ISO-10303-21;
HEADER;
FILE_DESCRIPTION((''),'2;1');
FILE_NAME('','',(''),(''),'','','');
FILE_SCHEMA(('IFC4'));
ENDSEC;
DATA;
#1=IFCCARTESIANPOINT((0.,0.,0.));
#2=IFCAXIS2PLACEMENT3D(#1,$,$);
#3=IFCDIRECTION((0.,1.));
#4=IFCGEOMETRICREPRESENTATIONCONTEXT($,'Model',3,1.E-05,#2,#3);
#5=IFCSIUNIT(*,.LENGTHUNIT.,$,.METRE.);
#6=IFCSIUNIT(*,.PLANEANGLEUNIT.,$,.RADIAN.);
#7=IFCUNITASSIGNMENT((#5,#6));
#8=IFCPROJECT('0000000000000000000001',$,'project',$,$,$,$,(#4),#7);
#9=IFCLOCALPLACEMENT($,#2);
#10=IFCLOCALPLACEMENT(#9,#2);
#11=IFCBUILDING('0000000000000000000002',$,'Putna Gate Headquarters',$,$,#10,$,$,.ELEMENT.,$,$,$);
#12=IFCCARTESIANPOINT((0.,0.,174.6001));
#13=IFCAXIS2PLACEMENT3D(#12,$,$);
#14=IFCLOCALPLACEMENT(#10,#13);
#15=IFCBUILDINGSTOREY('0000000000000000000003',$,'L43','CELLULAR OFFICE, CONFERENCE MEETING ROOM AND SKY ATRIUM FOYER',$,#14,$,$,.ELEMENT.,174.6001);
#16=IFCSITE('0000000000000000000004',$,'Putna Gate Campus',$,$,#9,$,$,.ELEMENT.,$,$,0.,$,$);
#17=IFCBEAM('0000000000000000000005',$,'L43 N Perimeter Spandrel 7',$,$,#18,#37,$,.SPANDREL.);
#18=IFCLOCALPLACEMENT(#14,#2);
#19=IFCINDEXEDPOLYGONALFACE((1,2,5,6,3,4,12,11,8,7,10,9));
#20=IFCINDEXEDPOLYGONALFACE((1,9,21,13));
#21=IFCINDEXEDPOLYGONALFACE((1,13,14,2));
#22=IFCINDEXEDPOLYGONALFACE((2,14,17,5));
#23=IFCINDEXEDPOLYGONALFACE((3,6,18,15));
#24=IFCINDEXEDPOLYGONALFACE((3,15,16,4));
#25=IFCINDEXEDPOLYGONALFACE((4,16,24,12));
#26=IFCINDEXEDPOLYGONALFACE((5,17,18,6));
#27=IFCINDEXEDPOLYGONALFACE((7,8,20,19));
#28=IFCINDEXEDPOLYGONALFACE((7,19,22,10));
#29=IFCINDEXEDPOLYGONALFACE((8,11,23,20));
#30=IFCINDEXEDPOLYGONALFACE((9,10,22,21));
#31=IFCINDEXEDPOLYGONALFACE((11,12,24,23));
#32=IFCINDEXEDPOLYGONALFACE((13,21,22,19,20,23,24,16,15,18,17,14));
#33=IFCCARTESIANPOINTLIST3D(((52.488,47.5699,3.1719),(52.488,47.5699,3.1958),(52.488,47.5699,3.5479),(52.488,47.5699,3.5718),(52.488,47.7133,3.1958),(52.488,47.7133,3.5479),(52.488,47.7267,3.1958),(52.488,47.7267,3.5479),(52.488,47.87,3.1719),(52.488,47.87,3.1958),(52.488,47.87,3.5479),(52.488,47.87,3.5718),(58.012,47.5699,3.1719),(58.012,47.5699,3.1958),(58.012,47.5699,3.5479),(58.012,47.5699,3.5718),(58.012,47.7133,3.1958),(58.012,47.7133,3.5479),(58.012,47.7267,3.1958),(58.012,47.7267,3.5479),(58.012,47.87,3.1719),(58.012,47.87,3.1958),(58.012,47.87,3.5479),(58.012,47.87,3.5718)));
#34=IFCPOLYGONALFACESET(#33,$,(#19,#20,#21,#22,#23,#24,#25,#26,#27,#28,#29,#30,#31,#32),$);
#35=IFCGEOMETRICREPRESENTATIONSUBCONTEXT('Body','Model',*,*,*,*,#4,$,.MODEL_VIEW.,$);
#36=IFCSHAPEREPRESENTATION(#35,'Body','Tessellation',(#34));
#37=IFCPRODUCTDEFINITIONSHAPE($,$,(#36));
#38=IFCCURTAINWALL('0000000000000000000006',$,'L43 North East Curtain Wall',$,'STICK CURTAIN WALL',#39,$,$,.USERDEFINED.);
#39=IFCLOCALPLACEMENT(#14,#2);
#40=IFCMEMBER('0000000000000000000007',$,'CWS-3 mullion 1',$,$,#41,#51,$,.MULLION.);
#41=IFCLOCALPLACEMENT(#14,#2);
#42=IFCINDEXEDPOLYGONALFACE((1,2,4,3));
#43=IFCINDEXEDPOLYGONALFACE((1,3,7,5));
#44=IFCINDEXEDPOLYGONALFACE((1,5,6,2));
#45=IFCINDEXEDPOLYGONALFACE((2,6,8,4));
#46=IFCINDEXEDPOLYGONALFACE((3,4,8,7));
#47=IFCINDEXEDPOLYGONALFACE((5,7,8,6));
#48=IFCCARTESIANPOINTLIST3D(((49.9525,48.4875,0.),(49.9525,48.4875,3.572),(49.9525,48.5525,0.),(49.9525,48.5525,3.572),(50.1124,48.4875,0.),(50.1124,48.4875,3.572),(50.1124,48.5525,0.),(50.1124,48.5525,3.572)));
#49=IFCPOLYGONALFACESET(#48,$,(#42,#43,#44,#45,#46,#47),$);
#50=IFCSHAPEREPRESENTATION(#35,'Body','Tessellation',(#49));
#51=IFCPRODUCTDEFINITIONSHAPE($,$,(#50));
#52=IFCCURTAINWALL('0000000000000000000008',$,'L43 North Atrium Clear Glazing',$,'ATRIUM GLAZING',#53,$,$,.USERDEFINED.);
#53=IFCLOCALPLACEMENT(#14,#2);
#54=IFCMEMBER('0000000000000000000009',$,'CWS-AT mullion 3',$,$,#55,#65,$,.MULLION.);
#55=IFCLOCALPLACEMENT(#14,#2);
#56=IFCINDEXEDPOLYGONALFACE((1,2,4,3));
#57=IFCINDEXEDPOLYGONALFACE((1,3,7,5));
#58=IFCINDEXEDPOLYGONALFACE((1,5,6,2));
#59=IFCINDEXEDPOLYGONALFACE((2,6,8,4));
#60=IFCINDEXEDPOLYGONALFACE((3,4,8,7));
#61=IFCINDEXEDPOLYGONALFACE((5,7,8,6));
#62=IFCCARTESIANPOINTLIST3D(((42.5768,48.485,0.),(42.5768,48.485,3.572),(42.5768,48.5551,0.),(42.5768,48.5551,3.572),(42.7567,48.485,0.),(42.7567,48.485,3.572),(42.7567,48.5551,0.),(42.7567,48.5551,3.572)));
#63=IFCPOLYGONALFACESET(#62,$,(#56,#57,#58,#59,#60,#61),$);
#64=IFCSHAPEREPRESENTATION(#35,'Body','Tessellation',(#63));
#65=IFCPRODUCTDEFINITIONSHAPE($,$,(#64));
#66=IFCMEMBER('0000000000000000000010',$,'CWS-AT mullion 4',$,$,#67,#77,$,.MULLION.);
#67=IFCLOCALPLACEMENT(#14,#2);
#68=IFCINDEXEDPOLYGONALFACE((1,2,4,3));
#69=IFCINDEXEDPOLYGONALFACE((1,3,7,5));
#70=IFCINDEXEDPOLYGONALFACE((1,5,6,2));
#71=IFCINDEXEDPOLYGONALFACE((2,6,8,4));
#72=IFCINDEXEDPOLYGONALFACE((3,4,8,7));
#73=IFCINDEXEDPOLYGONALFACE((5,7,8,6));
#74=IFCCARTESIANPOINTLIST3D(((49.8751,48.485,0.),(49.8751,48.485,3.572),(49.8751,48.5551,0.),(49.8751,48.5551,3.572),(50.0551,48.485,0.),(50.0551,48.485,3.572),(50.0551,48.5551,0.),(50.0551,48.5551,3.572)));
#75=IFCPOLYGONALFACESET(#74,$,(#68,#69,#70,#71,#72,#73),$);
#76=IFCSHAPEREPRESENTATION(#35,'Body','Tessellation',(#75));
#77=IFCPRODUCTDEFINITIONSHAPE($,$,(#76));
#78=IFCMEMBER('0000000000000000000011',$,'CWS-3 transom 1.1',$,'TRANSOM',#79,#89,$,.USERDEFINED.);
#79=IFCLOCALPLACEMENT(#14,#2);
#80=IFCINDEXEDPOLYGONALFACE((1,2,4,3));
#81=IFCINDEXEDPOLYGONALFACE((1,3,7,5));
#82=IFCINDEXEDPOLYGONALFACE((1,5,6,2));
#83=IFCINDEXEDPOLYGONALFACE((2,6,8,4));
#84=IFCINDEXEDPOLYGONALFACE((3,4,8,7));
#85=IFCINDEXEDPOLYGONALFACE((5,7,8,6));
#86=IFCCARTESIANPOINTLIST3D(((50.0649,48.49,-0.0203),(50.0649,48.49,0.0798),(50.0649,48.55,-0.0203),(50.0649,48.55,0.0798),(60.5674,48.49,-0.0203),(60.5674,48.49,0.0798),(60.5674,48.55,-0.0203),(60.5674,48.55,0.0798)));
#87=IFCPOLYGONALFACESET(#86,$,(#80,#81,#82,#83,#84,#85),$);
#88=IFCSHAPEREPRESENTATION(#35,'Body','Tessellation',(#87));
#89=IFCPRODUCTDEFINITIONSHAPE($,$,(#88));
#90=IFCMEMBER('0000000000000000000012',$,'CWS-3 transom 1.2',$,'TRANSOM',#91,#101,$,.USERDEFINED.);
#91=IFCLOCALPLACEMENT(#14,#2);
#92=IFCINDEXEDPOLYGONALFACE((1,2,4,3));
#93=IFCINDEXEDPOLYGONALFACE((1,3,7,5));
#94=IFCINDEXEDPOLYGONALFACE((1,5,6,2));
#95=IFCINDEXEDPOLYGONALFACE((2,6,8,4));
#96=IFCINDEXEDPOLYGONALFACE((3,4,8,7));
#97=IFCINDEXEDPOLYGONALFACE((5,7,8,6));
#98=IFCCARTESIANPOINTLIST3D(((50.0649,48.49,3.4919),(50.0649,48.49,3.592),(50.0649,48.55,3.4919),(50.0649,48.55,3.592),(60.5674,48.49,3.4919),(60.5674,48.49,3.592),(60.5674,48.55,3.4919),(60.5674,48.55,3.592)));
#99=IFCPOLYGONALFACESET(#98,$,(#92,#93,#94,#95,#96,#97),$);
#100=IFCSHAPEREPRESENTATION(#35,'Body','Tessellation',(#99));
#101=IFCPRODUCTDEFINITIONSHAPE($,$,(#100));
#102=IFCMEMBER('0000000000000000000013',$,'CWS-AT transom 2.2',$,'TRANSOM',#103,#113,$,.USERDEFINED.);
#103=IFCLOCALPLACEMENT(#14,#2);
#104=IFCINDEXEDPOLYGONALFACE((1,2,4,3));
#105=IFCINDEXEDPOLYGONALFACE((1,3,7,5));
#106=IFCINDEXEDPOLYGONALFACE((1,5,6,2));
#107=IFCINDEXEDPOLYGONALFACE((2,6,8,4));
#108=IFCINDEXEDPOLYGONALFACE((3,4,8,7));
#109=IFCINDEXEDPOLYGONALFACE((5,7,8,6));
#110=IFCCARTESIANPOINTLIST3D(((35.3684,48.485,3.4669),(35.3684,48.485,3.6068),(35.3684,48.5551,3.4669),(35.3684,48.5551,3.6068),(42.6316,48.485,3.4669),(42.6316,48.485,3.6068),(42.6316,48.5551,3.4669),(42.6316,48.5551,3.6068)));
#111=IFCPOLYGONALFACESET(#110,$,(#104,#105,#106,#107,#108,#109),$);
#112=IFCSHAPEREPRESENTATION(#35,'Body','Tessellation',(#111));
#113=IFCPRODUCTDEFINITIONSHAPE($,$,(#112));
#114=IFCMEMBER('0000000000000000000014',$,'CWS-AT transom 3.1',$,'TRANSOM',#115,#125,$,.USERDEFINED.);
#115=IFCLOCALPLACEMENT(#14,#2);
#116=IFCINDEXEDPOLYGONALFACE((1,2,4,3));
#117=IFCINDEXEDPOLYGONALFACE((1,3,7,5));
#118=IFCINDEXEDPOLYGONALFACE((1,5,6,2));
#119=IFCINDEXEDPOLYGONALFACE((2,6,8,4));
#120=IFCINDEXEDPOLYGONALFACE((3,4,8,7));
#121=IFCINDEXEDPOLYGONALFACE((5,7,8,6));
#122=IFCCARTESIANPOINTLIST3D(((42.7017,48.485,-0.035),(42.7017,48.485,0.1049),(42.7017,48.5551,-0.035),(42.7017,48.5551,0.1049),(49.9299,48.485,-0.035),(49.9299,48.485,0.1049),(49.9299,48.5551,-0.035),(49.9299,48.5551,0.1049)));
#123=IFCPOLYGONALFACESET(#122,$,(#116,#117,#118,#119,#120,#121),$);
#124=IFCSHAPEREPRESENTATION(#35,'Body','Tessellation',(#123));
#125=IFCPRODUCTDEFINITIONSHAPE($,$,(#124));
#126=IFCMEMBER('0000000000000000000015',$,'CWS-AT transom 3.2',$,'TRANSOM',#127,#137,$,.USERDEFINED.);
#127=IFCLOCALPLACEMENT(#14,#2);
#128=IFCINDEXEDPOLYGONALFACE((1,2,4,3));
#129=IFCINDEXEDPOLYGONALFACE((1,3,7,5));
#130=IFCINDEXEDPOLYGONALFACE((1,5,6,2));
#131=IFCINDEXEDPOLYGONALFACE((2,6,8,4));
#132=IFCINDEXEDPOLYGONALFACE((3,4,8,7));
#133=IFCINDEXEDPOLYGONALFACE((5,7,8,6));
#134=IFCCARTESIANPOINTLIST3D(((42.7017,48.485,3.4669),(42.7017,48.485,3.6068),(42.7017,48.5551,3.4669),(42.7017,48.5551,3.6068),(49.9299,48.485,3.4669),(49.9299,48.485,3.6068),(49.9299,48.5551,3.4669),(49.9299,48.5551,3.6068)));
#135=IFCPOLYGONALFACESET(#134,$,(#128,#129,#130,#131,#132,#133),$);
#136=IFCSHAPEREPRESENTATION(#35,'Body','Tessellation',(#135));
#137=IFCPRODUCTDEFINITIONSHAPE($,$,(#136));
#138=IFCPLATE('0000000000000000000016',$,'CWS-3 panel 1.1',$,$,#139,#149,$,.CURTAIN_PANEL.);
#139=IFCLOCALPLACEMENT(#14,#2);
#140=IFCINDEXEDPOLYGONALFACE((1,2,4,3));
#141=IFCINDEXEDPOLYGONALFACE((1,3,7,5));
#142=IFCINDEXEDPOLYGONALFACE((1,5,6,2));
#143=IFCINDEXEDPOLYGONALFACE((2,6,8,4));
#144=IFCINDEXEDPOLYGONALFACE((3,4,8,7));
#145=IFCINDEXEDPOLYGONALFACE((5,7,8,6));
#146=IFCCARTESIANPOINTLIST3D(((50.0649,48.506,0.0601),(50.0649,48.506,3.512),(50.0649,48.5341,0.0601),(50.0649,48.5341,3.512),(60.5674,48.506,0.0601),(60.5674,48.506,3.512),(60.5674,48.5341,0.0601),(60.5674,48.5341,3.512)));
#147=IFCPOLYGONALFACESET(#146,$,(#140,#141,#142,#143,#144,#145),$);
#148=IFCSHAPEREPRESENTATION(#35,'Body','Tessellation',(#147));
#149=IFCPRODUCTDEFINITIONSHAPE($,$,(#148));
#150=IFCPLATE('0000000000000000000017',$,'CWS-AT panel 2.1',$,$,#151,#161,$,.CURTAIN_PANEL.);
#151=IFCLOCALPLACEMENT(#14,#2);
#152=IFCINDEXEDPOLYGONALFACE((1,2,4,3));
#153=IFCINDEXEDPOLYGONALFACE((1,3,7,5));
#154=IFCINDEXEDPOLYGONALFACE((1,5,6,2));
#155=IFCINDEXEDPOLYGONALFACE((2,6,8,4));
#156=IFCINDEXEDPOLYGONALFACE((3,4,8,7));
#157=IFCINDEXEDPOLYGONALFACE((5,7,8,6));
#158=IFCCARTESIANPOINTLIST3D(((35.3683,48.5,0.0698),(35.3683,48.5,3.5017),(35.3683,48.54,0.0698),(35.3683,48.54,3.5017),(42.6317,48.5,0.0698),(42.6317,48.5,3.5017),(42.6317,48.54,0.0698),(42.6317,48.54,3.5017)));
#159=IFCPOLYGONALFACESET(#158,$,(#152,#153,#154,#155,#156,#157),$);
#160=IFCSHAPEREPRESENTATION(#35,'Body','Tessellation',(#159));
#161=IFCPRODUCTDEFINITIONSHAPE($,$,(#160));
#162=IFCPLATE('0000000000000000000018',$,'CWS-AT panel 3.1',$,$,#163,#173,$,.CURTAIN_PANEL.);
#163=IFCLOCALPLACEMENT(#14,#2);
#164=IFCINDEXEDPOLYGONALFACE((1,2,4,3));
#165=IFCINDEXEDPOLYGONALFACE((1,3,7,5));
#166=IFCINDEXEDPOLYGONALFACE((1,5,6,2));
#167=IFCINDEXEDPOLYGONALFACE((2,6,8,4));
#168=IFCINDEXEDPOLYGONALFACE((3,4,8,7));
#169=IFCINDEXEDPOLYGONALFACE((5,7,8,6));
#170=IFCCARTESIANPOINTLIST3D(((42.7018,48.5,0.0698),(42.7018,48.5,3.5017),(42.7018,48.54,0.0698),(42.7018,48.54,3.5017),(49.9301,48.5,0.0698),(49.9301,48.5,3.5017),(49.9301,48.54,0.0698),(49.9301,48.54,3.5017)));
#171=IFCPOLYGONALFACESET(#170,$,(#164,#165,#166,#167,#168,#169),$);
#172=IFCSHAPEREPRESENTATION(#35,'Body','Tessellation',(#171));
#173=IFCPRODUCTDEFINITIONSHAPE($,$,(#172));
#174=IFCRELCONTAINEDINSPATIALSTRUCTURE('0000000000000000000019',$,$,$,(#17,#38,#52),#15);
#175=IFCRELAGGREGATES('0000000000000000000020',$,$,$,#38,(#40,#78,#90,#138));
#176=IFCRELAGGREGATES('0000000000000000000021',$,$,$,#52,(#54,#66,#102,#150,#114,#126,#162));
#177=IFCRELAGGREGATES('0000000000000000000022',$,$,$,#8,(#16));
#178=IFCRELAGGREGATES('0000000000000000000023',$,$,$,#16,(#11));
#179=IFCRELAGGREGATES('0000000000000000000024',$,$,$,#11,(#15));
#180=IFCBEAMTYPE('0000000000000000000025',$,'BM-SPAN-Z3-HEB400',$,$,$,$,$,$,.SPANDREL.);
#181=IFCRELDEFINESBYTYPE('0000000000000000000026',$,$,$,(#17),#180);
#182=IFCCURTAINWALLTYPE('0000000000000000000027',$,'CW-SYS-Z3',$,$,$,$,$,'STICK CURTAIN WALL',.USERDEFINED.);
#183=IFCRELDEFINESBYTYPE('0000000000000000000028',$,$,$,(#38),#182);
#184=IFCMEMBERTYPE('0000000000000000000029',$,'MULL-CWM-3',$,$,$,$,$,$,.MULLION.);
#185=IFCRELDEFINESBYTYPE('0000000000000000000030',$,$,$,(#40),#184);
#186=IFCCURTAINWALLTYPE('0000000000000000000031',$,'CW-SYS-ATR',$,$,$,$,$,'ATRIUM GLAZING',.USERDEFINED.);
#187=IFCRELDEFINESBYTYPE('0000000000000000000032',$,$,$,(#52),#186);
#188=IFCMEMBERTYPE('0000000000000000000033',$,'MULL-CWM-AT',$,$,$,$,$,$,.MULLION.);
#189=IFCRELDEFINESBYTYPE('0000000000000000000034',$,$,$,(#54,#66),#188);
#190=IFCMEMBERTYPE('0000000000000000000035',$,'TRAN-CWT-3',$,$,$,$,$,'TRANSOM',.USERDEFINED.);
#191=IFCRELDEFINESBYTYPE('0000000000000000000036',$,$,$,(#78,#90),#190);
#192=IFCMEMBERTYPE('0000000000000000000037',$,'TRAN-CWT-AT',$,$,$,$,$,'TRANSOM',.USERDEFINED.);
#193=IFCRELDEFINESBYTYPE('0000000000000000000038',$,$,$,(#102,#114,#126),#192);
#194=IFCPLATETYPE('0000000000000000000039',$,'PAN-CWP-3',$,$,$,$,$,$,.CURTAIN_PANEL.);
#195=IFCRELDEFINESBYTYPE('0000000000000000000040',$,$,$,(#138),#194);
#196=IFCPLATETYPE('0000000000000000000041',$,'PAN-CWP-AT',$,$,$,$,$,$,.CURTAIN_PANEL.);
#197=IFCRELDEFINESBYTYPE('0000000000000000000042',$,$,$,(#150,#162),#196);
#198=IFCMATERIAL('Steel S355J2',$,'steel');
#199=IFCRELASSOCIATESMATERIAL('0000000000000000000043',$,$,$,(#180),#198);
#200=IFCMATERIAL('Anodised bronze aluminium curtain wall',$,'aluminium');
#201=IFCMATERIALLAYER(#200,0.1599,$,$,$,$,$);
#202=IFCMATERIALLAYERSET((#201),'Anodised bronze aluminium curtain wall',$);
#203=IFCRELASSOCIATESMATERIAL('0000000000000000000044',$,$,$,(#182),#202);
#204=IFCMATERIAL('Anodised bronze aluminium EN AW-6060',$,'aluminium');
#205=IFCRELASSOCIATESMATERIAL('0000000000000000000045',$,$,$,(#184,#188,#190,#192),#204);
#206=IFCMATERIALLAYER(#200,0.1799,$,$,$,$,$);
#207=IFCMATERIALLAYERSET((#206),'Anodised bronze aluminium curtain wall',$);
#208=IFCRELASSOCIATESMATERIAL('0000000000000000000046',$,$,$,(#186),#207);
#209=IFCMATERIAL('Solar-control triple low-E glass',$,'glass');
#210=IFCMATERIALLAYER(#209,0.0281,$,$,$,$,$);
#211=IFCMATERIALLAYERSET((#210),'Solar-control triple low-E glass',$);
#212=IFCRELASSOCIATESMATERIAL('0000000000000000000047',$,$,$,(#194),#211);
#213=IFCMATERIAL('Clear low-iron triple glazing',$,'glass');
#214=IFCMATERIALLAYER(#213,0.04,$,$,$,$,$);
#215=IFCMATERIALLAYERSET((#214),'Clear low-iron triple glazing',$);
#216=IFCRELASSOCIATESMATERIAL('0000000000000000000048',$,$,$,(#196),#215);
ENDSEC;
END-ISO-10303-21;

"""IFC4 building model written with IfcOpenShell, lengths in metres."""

from ifc_helpers import new_model, si_unit, direction, frame, origin, origin_2d, place, context, subcontext, project, spatial, rectangle, i_section, extrude, material, layer, layer_set, material_profile, profile_set, type_object, element, aggregate, save


model = new_model("IFC4")

# Units and contexts
model_context = context("Model", 3, precision=1e-05, world=origin(), true_north=direction((0.0, 1.0)))
body_context = subcontext(model_context, "Body", "Model", "MODEL_VIEW")
ifc_project = project(units=[si_unit("LENGTHUNIT", "METRE"), si_unit("PLANEANGLEUNIT", "RADIAN")], contexts=[model_context])

# Site, building, storey
site_placement = place(None, origin())
site = spatial("IfcSite", under=ifc_project, at=site_placement, Name="Putna Gate Campus", CompositionType="ELEMENT", RefElevation=0.0)
building_placement = place(site_placement, origin())
building = spatial("IfcBuilding", under=site, at=building_placement, Name="Putna Gate Headquarters", CompositionType="ELEMENT")
storey_placement = place(building_placement, frame((0.0, 0.0, 174.6001)))
storey = spatial("IfcBuildingStorey", under=building, at=storey_placement, Name="L43", Description="CELLULAR OFFICE, CONFERENCE MEETING ROOM AND SKY ATRIUM FOYER", CompositionType="ELEMENT", Elevation=174.6001)

# Beam
ifc_material_1 = material(Name="Steel S355J2", Category="steel")
ifc_material_profile_1 = material_profile(ifc_material_1, i_section(OverallWidth=0.3, OverallDepth=0.3999, WebThickness=0.0134, FlangeThickness=0.0239, at=origin_2d()), Name="Steel S355J2")
ifc_profile_set_1 = profile_set([ifc_material_profile_1], Name="Steel S355J2")
beam_type_1 = type_object("IfcBeamType", Name="BM-SPAN-Z3-HEB400", PredefinedType="SPANDREL", material=ifc_profile_set_1)
for number, where, z_axis, x_axis, name in (
    (1, (52.488, 47.72, 3.3718), (1.0, 0.0, 0.0), (0.0, 1.0, 0.0), "L43 N Perimeter Spandrel 7"),
):
    element("IfcBeam", number, at=place(storey_placement, frame(where, z_axis=z_axis, x_axis=x_axis)), inside=storey, type_object=beam_type_1, Name=name, PredefinedType="SPANDREL", context=body_context, shape_type="SweptSolid", body=[
        extrude(i_section(OverallWidth=0.3, OverallDepth=0.3999, WebThickness=0.0134, FlangeThickness=0.0239, at=origin_2d()), origin(), (0.0, 0.0, 1.0), 5.5239),
    ])

# Curtain wall, member
ifc_material_2 = material(Name="Anodised bronze aluminium curtain wall", Category="aluminium")
ifc_layer_1 = layer(ifc_material_2, 0.1599)
ifc_layer_set_1 = layer_set([ifc_layer_1], Name="Anodised bronze aluminium curtain wall")
curtain_wall_type_1 = type_object("IfcCurtainWallType", Name="CW-SYS-Z3", ElementType="STICK CURTAIN WALL", PredefinedType="USERDEFINED", material=ifc_layer_set_1)
curtain_wall_1_placement = place(storey_placement, origin())
curtain_wall_1 = element("IfcCurtainWall", 2, at=curtain_wall_1_placement, inside=storey, type_object=curtain_wall_type_1, Name="L43 North East Curtain Wall", ObjectType="STICK CURTAIN WALL", PredefinedType="USERDEFINED")
ifc_material_3 = material(Name="Anodised bronze aluminium EN AW-6060", Category="aluminium")
ifc_material_profile_2 = material_profile(ifc_material_3, rectangle(XDim=0.0649, YDim=0.1599, at=origin_2d()), Name="Anodised bronze aluminium EN AW-6060")
ifc_profile_set_2 = profile_set([ifc_material_profile_2], Name="Anodised bronze aluminium EN AW-6060")
member_type_1 = type_object("IfcMemberType", Name="MULL-CWM-3", PredefinedType="MULLION", material=ifc_profile_set_2)
member_1_placement = place(storey_placement, frame((50.0325, 48.52, 0.0), z_axis=(0.0, 0.0, 1.0), x_axis=(0.0, 1.0, 0.0)))
member_1 = element("IfcMember", 3, at=member_1_placement, type_object=member_type_1, Name="CWS-3 mullion 1", PredefinedType="MULLION", context=body_context, shape_type="SweptSolid", body=[
    extrude(rectangle(XDim=0.0649, YDim=0.1599, at=origin_2d()), origin(), (0.0, 0.0, 1.0), 3.572),
])

# Curtain wall, members
ifc_layer_2 = layer(ifc_material_2, 0.1799)
ifc_layer_set_2 = layer_set([ifc_layer_2], Name="Anodised bronze aluminium curtain wall")
curtain_wall_type_2 = type_object("IfcCurtainWallType", Name="CW-SYS-ATR", ElementType="ATRIUM GLAZING", PredefinedType="USERDEFINED", material=ifc_layer_set_2)
curtain_wall_2_placement = place(storey_placement, origin())
curtain_wall_2 = element("IfcCurtainWall", 4, at=curtain_wall_2_placement, inside=storey, type_object=curtain_wall_type_2, Name="L43 North Atrium Clear Glazing", ObjectType="ATRIUM GLAZING", PredefinedType="USERDEFINED")
ifc_material_profile_3 = material_profile(ifc_material_3, rectangle(XDim=0.0701, YDim=0.1799, at=origin_2d()), Name="Anodised bronze aluminium EN AW-6060")
ifc_profile_set_3 = profile_set([ifc_material_profile_3], Name="Anodised bronze aluminium EN AW-6060")
member_type_2 = type_object("IfcMemberType", Name="MULL-CWM-AT", PredefinedType="MULLION", material=ifc_profile_set_3)
member_2_placement = place(storey_placement, frame((42.6667, 48.52, 0.0), z_axis=(0.0, 0.0, 1.0), x_axis=(0.0, 1.0, 0.0)))
member_2 = element("IfcMember", 5, at=member_2_placement, type_object=member_type_2, Name="CWS-AT mullion 3", PredefinedType="MULLION", context=body_context, shape_type="SweptSolid", body=[
    extrude(rectangle(XDim=0.0701, YDim=0.1799, at=origin_2d()), origin(), (0.0, 0.0, 1.0), 3.572),
])
member_3_placement = place(storey_placement, frame((49.9651, 48.52, 0.0), z_axis=(0.0, 0.0, 1.0), x_axis=(0.0, 1.0, 0.0)))
member_3 = element("IfcMember", 6, at=member_3_placement, type_object=member_type_2, Name="CWS-AT mullion 4", PredefinedType="MULLION", context=body_context, shape_type="SweptSolid", body=[
    extrude(rectangle(XDim=0.0701, YDim=0.1799, at=origin_2d()), origin(), (0.0, 0.0, 1.0), 3.572),
])

# Members
ifc_material_profile_4 = material_profile(ifc_material_3, rectangle(XDim=0.0601, YDim=0.1001, at=origin_2d()), Name="Anodised bronze aluminium EN AW-6060")
ifc_profile_set_4 = profile_set([ifc_material_profile_4], Name="Anodised bronze aluminium EN AW-6060")
member_type_3 = type_object("IfcMemberType", Name="TRAN-CWT-3", ElementType="TRANSOM", PredefinedType="USERDEFINED", material=ifc_profile_set_4)
member_4_placement = place(storey_placement, frame((50.0649, 48.52, 0.0298), z_axis=(1.0, 0.0, 0.0), x_axis=(0.0, 1.0, 0.0)))
member_4 = element("IfcMember", 7, at=member_4_placement, type_object=member_type_3, Name="CWS-3 transom 1.1", ObjectType="TRANSOM", PredefinedType="USERDEFINED", context=body_context, shape_type="SweptSolid", body=[
    extrude(rectangle(XDim=0.0601, YDim=0.1001, at=origin_2d()), origin(), (0.0, 0.0, 1.0), 10.5024),
])
member_5_placement = place(storey_placement, frame((50.0649, 48.52, 3.542), z_axis=(1.0, 0.0, 0.0), x_axis=(0.0, 1.0, 0.0)))
member_5 = element("IfcMember", 8, at=member_5_placement, type_object=member_type_3, Name="CWS-3 transom 1.2", ObjectType="TRANSOM", PredefinedType="USERDEFINED", context=body_context, shape_type="SweptSolid", body=[
    extrude(rectangle(XDim=0.0601, YDim=0.1001, at=origin_2d()), origin(), (0.0, 0.0, 1.0), 10.5024),
])
ifc_material_profile_5 = material_profile(ifc_material_3, rectangle(XDim=0.0701, YDim=0.1399, at=origin_2d()), Name="Anodised bronze aluminium EN AW-6060")
ifc_profile_set_5 = profile_set([ifc_material_profile_5], Name="Anodised bronze aluminium EN AW-6060")
member_type_4 = type_object("IfcMemberType", Name="TRAN-CWT-AT", ElementType="TRANSOM", PredefinedType="USERDEFINED", material=ifc_profile_set_5)
member_6_placement = place(storey_placement, frame((35.3684, 48.52, 3.5369), z_axis=(1.0, 0.0, 0.0), x_axis=(0.0, 1.0, 0.0)))
member_6 = element("IfcMember", 9, at=member_6_placement, type_object=member_type_4, Name="CWS-AT transom 2.2", ObjectType="TRANSOM", PredefinedType="USERDEFINED", context=body_context, shape_type="SweptSolid", body=[
    extrude(rectangle(XDim=0.0701, YDim=0.1399, at=origin_2d()), origin(), (0.0, 0.0, 1.0), 7.2632),
])
member_7_placement = place(storey_placement, frame((42.7017, 48.52, 0.0349), z_axis=(1.0, 0.0, 0.0), x_axis=(0.0, 1.0, 0.0)))
member_7 = element("IfcMember", 10, at=member_7_placement, type_object=member_type_4, Name="CWS-AT transom 3.1", ObjectType="TRANSOM", PredefinedType="USERDEFINED", context=body_context, shape_type="SweptSolid", body=[
    extrude(rectangle(XDim=0.0701, YDim=0.1399, at=origin_2d()), origin(), (0.0, 0.0, 1.0), 7.2283),
])
member_8_placement = place(storey_placement, frame((42.7017, 48.52, 3.5369), z_axis=(1.0, 0.0, 0.0), x_axis=(0.0, 1.0, 0.0)))
member_8 = element("IfcMember", 11, at=member_8_placement, type_object=member_type_4, Name="CWS-AT transom 3.2", ObjectType="TRANSOM", PredefinedType="USERDEFINED", context=body_context, shape_type="SweptSolid", body=[
    extrude(rectangle(XDim=0.0701, YDim=0.1399, at=origin_2d()), origin(), (0.0, 0.0, 1.0), 7.2283),
])

# Plates
ifc_material_4 = material(Name="Solar-control triple low-E glass", Category="glass")
ifc_layer_3 = layer(ifc_material_4, 0.0281)
ifc_layer_set_3 = layer_set([ifc_layer_3], Name="Solar-control triple low-E glass")
plate_type_1 = type_object("IfcPlateType", Name="PAN-CWP-3", PredefinedType="CURTAIN_PANEL", material=ifc_layer_set_3)
plate_1_placement = place(storey_placement, frame((55.3162, 48.52, 0.0601), z_axis=(0.0, 0.0, 1.0), x_axis=(1.0, 0.0, 0.0)))
plate_1 = element("IfcPlate", 12, at=plate_1_placement, type_object=plate_type_1, Name="CWS-3 panel 1.1", PredefinedType="CURTAIN_PANEL", context=body_context, shape_type="SweptSolid", body=[
    extrude(rectangle(XDim=10.5024, YDim=0.0281, at=origin_2d()), origin(), (0.0, 0.0, 1.0), 3.4519),
])
aggregate(curtain_wall_1, [member_1, member_4, member_5, plate_1])
ifc_material_5 = material(Name="Clear low-iron triple glazing", Category="glass")
ifc_layer_4 = layer(ifc_material_5, 0.04)
ifc_layer_set_4 = layer_set([ifc_layer_4], Name="Clear low-iron triple glazing")
plate_type_2 = type_object("IfcPlateType", Name="PAN-CWP-AT", PredefinedType="CURTAIN_PANEL", material=ifc_layer_set_4)
plate_2_placement = place(storey_placement, frame((39.0, 48.52, 0.0698), z_axis=(0.0, 0.0, 1.0), x_axis=(1.0, 0.0, 0.0)))
plate_2 = element("IfcPlate", 13, at=plate_2_placement, type_object=plate_type_2, Name="CWS-AT panel 2.1", PredefinedType="CURTAIN_PANEL", context=body_context, shape_type="SweptSolid", body=[
    extrude(rectangle(XDim=7.2634, YDim=0.04, at=origin_2d()), origin(), (0.0, 0.0, 1.0), 3.4319),
])
plate_3_placement = place(storey_placement, frame((46.3159, 48.52, 0.0698), z_axis=(0.0, 0.0, 1.0), x_axis=(1.0, 0.0, 0.0)))
plate_3 = element("IfcPlate", 14, at=plate_3_placement, type_object=plate_type_2, Name="CWS-AT panel 3.1", PredefinedType="CURTAIN_PANEL", context=body_context, shape_type="SweptSolid", body=[
    extrude(rectangle(XDim=7.2283, YDim=0.04, at=origin_2d()), origin(), (0.0, 0.0, 1.0), 3.4319),
])
aggregate(curtain_wall_2, [member_2, member_3, member_6, plate_2, member_7, member_8, plate_3])

save(model, "model.ifc")
